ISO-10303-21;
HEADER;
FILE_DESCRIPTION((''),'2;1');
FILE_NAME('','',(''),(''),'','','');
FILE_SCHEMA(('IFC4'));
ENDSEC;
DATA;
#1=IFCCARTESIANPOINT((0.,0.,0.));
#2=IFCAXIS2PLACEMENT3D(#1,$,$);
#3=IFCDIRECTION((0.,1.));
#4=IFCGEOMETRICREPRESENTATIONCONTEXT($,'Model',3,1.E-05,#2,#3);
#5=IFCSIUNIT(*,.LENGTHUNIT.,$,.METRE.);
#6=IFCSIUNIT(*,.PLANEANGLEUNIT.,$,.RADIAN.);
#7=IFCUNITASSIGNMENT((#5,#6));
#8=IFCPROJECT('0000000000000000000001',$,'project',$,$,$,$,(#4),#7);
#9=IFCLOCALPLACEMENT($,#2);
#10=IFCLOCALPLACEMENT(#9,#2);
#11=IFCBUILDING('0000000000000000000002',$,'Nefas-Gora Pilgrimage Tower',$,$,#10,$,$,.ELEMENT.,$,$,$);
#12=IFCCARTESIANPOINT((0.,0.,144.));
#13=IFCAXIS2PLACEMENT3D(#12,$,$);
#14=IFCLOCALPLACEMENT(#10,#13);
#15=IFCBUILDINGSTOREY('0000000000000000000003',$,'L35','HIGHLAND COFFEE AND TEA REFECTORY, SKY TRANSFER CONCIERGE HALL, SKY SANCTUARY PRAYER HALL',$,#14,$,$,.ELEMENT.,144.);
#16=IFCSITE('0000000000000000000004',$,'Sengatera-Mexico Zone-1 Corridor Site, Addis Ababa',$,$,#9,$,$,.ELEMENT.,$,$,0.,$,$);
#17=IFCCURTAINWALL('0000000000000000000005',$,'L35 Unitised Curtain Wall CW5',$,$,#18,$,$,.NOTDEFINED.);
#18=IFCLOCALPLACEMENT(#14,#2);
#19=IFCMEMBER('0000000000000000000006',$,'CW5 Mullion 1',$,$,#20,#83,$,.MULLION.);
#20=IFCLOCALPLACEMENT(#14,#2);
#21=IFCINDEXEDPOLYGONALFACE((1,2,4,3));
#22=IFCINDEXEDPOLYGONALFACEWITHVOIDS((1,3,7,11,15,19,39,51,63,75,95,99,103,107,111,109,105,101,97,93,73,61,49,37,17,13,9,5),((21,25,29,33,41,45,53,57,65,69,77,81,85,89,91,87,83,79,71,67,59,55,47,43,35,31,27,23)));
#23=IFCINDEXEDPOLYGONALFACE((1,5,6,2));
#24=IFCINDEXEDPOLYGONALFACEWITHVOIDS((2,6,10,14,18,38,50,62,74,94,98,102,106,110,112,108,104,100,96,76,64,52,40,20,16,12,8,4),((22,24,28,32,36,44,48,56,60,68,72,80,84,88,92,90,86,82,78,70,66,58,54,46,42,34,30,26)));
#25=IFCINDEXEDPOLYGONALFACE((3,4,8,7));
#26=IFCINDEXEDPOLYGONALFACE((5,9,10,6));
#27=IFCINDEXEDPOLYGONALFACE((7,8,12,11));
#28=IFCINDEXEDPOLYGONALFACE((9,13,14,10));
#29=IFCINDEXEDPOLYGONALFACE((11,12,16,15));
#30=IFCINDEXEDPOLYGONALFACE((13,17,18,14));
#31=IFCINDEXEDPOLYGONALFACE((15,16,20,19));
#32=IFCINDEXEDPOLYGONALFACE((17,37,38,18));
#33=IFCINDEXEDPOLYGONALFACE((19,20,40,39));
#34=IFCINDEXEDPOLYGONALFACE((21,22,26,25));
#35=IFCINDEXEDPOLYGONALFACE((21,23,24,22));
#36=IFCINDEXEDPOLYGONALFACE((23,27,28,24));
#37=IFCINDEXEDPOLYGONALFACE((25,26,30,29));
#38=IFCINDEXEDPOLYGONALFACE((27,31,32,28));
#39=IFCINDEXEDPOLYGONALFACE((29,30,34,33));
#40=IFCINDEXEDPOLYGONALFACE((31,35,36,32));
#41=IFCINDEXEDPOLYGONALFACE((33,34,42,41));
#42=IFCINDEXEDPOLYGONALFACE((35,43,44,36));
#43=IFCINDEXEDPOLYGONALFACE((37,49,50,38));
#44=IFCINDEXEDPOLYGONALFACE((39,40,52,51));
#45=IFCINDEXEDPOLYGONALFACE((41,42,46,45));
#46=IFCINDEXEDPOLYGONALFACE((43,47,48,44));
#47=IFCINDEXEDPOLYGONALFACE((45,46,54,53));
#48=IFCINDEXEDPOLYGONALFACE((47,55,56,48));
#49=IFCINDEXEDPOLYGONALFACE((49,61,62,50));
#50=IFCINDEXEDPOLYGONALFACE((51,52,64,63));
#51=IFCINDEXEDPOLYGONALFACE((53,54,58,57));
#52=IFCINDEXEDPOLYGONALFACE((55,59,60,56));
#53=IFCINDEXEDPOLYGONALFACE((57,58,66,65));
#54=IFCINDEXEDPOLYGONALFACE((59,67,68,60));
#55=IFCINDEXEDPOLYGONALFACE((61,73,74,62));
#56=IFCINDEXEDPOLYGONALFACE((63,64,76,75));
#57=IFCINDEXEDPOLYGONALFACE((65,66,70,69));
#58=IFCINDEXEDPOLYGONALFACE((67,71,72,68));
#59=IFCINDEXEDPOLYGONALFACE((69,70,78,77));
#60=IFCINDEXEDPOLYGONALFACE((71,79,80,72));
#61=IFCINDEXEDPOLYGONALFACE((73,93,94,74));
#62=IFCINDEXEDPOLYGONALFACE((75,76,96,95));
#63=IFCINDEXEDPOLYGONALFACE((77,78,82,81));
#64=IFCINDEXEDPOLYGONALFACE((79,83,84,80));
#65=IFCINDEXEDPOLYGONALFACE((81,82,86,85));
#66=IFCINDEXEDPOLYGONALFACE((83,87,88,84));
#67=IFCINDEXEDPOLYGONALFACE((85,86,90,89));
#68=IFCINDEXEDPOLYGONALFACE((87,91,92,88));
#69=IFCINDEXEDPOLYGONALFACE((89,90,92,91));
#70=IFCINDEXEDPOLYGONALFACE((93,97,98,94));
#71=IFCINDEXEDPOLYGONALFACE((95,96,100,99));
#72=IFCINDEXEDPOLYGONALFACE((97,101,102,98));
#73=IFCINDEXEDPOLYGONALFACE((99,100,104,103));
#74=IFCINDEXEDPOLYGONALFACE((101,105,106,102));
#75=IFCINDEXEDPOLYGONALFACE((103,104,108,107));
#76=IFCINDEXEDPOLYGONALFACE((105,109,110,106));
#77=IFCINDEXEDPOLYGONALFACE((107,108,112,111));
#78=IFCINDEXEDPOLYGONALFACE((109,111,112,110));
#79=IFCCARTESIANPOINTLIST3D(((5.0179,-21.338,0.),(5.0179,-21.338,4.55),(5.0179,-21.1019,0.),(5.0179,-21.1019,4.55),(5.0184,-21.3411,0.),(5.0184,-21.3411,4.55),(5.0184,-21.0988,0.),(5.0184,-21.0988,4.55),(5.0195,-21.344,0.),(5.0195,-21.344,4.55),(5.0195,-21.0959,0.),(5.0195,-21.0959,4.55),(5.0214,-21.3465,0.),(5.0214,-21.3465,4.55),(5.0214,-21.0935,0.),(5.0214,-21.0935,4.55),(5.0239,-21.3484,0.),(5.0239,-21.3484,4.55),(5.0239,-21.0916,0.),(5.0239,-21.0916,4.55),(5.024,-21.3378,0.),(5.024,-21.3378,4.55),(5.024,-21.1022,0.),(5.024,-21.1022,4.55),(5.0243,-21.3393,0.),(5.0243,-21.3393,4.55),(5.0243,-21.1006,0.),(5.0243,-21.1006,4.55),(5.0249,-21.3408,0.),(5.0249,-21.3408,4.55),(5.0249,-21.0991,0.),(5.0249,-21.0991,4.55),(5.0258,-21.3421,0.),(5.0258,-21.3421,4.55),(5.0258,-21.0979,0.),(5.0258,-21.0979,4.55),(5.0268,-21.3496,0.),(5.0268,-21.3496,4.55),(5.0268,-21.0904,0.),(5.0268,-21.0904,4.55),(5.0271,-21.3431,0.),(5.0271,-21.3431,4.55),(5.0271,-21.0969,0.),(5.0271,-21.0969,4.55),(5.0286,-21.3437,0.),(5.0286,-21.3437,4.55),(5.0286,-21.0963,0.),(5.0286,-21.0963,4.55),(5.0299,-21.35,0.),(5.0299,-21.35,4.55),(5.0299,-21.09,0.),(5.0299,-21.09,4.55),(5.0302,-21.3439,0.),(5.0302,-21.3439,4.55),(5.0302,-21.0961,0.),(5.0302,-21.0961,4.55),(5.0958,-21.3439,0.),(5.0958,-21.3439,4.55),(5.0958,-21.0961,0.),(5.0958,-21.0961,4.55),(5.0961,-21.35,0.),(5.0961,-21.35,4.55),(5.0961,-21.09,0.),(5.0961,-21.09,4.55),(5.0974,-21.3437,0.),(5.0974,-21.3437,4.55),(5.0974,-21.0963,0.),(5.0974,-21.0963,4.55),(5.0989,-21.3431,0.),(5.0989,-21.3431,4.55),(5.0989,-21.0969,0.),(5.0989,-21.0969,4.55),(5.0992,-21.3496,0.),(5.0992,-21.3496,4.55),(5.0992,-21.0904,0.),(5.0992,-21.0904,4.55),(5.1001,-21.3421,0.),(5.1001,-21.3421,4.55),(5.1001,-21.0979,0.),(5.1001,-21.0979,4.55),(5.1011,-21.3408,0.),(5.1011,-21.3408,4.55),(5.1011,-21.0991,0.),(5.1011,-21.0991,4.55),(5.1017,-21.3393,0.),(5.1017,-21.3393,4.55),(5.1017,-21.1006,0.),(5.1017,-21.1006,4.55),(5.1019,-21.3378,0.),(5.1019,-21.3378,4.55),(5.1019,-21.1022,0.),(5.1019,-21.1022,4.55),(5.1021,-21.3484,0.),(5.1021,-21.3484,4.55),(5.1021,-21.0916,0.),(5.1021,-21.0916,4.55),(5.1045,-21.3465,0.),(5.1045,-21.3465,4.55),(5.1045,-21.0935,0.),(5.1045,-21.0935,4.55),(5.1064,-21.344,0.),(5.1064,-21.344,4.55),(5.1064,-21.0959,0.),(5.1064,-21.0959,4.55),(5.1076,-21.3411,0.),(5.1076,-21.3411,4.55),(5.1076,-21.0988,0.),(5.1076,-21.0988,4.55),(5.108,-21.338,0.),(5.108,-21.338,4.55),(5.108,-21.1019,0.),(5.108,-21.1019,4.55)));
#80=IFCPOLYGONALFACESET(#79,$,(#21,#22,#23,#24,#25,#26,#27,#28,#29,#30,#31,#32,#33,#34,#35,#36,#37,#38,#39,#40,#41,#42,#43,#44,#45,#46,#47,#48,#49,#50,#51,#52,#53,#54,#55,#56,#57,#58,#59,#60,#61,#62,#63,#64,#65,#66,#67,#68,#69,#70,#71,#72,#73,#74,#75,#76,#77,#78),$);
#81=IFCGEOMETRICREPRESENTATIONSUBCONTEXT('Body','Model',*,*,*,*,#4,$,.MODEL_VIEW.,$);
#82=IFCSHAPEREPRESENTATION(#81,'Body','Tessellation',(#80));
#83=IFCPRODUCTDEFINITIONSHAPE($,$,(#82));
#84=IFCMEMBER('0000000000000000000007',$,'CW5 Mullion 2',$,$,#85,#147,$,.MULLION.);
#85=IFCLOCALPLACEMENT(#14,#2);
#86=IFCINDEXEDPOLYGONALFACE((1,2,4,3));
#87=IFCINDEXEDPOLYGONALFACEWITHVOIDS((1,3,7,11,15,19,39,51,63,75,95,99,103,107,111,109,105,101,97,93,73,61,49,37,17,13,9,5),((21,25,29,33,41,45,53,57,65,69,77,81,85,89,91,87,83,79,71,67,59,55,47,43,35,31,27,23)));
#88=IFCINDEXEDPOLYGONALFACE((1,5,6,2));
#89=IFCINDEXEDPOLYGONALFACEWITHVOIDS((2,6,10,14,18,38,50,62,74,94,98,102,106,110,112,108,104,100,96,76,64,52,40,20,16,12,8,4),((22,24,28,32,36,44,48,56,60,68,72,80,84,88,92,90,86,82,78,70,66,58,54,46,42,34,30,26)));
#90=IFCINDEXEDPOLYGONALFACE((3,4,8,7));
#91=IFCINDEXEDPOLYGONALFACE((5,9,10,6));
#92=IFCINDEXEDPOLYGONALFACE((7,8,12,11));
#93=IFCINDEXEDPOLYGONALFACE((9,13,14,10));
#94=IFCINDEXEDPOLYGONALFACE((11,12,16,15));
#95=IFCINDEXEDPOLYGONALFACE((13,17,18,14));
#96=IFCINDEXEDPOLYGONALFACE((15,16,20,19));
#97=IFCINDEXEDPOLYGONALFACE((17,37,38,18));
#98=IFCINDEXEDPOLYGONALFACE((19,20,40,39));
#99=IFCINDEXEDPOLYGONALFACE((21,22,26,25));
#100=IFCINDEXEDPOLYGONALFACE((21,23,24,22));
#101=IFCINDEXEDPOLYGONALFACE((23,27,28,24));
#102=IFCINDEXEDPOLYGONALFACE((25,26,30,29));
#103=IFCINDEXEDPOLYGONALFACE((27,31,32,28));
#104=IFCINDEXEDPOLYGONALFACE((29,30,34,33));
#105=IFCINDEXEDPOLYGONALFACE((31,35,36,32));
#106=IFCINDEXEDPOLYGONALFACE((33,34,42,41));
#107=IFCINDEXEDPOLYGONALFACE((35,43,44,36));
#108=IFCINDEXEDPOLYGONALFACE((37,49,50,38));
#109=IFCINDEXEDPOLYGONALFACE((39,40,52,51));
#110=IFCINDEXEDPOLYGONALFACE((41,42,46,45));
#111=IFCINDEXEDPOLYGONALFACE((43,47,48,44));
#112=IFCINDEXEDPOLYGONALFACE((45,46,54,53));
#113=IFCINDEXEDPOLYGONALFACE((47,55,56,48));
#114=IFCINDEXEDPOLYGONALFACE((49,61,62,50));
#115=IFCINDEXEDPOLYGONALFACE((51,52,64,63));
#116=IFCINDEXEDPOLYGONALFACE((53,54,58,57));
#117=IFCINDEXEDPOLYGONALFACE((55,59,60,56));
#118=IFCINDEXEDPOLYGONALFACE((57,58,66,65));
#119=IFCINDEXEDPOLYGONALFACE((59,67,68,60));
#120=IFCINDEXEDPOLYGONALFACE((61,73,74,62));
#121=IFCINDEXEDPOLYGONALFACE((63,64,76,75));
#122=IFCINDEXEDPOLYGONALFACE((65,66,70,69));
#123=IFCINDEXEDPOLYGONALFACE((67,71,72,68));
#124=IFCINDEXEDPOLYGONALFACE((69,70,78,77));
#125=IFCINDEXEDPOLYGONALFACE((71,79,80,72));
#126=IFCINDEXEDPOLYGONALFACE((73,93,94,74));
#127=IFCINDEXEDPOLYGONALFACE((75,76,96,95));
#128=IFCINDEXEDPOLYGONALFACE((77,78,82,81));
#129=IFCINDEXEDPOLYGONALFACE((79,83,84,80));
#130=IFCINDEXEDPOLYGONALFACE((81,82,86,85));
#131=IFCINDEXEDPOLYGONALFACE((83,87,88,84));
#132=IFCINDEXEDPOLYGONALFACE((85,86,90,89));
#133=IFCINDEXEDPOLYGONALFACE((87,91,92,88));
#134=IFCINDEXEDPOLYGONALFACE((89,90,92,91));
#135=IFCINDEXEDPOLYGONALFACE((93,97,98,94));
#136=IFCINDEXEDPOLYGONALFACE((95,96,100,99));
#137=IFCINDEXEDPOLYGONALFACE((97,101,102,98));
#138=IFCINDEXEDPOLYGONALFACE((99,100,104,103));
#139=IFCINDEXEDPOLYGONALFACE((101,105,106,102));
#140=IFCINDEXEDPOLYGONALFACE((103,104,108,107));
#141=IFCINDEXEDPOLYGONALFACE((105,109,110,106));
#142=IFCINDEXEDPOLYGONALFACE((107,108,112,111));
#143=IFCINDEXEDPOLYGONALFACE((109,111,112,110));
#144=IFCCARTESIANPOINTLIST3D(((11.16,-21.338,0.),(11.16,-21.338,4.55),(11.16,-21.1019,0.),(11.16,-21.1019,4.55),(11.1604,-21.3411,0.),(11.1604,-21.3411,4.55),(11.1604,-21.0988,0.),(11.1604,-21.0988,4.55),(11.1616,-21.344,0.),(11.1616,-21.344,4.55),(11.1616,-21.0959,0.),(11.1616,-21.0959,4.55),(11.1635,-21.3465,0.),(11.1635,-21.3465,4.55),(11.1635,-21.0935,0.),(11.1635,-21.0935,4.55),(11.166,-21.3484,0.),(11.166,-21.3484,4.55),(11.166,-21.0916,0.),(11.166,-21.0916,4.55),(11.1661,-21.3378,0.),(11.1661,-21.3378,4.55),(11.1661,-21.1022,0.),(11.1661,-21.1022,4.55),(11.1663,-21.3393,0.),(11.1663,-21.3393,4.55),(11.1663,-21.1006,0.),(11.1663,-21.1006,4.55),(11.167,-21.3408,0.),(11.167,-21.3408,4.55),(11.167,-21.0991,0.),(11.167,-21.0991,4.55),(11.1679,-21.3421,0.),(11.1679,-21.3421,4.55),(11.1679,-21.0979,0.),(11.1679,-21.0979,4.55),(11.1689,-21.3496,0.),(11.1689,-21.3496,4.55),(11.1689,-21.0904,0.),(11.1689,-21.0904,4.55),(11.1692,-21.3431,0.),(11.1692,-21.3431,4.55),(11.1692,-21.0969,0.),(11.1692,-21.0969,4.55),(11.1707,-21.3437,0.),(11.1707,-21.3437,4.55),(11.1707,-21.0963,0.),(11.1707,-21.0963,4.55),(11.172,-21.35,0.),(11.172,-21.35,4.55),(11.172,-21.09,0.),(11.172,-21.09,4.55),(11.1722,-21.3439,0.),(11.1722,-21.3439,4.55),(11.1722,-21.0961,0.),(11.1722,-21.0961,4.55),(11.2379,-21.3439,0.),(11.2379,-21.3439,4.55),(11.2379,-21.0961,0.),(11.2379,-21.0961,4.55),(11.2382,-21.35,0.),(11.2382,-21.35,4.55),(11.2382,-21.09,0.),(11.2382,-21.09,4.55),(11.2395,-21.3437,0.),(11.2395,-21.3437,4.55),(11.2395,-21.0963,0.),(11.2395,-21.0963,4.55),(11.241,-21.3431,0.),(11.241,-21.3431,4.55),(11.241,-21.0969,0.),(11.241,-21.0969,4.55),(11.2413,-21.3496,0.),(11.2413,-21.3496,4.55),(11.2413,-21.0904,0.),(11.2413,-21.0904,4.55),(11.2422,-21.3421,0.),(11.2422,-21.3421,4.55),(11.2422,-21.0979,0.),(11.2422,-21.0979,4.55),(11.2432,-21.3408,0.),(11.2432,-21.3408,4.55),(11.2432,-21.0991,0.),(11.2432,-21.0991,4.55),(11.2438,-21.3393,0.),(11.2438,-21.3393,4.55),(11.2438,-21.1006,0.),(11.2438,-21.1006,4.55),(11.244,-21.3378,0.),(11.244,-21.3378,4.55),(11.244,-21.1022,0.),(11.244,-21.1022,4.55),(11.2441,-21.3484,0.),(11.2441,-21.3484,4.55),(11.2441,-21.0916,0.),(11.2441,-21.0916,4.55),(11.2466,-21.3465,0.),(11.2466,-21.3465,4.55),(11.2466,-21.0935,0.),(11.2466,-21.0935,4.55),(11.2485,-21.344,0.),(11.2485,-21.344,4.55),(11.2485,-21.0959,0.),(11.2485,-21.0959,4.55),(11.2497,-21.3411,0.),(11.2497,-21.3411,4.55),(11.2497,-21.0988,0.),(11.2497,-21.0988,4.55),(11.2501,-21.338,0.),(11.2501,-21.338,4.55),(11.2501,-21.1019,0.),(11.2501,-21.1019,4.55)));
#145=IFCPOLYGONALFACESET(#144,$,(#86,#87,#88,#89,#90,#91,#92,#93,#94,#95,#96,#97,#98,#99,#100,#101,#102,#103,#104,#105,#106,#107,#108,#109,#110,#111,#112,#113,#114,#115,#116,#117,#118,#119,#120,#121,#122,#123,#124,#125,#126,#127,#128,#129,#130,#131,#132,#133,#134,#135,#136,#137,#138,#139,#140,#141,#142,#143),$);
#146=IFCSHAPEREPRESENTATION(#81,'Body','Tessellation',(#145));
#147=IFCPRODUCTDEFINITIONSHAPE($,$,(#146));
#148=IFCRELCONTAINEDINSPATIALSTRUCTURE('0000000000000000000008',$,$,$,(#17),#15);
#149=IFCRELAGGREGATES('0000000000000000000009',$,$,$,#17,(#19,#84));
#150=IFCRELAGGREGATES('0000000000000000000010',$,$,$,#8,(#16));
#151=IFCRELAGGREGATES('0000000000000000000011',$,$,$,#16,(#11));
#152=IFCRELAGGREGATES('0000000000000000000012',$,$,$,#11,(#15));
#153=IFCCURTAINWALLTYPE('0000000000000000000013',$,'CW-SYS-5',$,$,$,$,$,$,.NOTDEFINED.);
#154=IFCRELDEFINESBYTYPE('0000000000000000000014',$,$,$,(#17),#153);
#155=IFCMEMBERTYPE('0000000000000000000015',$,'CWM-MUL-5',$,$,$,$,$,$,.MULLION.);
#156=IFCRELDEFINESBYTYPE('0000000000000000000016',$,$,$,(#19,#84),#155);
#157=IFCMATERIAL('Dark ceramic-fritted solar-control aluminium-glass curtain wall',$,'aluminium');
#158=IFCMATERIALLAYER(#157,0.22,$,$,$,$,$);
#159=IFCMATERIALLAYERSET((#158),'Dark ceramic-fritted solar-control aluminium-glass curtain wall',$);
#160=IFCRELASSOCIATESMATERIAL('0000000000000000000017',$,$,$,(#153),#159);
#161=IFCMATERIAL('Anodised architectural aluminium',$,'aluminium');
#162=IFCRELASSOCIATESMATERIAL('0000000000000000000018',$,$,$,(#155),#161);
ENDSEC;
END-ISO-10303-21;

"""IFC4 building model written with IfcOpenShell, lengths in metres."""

from ifc_helpers import new_model, si_unit, direction, frame, origin, origin_2d, place, context, subcontext, project, spatial, hollow_rectangle, extrude, source, transform, mapped, material, layer, layer_set, material_profile, profile_set, type_object, element, aggregate, save


model = new_model("IFC4")

# Units and contexts
model_context = context("Model", 3, precision=1e-05, world=origin(), true_north=direction((0.0, 1.0)))
body_context = subcontext(model_context, "Body", "Model", "MODEL_VIEW")
ifc_project = project(units=[si_unit("LENGTHUNIT", "METRE"), si_unit("PLANEANGLEUNIT", "RADIAN")], contexts=[model_context])

# Site, building, storey
site_placement = place(None, origin())
site = spatial("IfcSite", under=ifc_project, at=site_placement, Name="Sengatera-Mexico Zone-1 Corridor Site, Addis Ababa", CompositionType="ELEMENT", RefElevation=0.0)
building_placement = place(site_placement, origin())
building = spatial("IfcBuilding", under=site, at=building_placement, Name="Nefas-Gora Pilgrimage Tower", CompositionType="ELEMENT")
storey_placement = place(building_placement, frame((0.0, 0.0, 144.0)))
storey = spatial("IfcBuildingStorey", under=building, at=storey_placement, Name="L35", Description="HIGHLAND COFFEE AND TEA REFECTORY, SKY TRANSFER CONCIERGE HALL, SKY SANCTUARY PRAYER HALL", CompositionType="ELEMENT", Elevation=144.0)

# Curtain wall
ifc_material_1 = material(Name="Dark ceramic-fritted solar-control aluminium-glass curtain wall", Category="aluminium")
ifc_layer_1 = layer(ifc_material_1, 0.22)
ifc_layer_set_1 = layer_set([ifc_layer_1], Name="Dark ceramic-fritted solar-control aluminium-glass curtain wall")
curtain_wall_type_1 = type_object("IfcCurtainWallType", Name="CW-SYS-5", PredefinedType="NOTDEFINED", material=ifc_layer_set_1)
curtain_wall_1_placement = place(storey_placement, origin())
curtain_wall_1 = element("IfcCurtainWall", 1, at=curtain_wall_1_placement, inside=storey, type_object=curtain_wall_type_1, Name="L35 Unitised Curtain Wall CW5", PredefinedType="NOTDEFINED")
ifc_material_2 = material(Name="Anodised architectural aluminium", Category="aluminium")

# Members
ifc_material_profile_1 = material_profile(ifc_material_2, hollow_rectangle(XDim=0.0901, YDim=0.26, WallThickness=0.0061, InnerFilletRadius=0.0061, OuterFilletRadius=0.012, at=origin_2d()), Name="ALU MULLION 90x260")
ifc_profile_set_1 = profile_set([ifc_material_profile_1], Name="Anodised architectural aluminium")
member_type_1 = type_object("IfcMemberType", Name="CWM-MUL-5", PredefinedType="MULLION", material=ifc_profile_set_1)
shared_shape_1 = source(origin(), body_context, "Body", "SweptSolid", [
    extrude(hollow_rectangle(XDim=0.0901, YDim=0.26, WallThickness=0.0061, InnerFilletRadius=0.0061, OuterFilletRadius=0.012, at=origin_2d()), origin(), (0.0, 0.0, 1.0), 4.55),
])
member_1_placement = place(storey_placement, frame((5.063, -21.22, 0.0), z_axis=(0.0, 0.0, 1.0), x_axis=(1.0, 0.0, 0.0)))
member_1 = element("IfcMember", 2, at=member_1_placement, type_object=member_type_1, Name="CW5 Mullion 1", PredefinedType="MULLION", context=body_context, shape_type="MappedRepresentation", body=[
    mapped(shared_shape_1, transform((0.0, 0.0, 0.0), x_axis=(1.0, 0.0, 0.0), y_axis=(0.0, 1.0, 0.0), z_axis=(0.0, 0.0, 1.0), scale=1.0)),
])
member_2_placement = place(storey_placement, frame((11.2051, -21.22, 0.0), z_axis=(0.0, 0.0, 1.0), x_axis=(1.0, 0.0, 0.0)))
member_2 = element("IfcMember", 3, at=member_2_placement, type_object=member_type_1, Name="CW5 Mullion 2", PredefinedType="MULLION", context=body_context, shape_type="MappedRepresentation", body=[
    mapped(shared_shape_1, transform((0.0, 0.0, 0.0), x_axis=(1.0, 0.0, 0.0), y_axis=(0.0, 1.0, 0.0), z_axis=(0.0, 0.0, 1.0), scale=1.0)),
])

aggregate(curtain_wall_1, [member_1, member_2])

save(model, "model.ifc")
